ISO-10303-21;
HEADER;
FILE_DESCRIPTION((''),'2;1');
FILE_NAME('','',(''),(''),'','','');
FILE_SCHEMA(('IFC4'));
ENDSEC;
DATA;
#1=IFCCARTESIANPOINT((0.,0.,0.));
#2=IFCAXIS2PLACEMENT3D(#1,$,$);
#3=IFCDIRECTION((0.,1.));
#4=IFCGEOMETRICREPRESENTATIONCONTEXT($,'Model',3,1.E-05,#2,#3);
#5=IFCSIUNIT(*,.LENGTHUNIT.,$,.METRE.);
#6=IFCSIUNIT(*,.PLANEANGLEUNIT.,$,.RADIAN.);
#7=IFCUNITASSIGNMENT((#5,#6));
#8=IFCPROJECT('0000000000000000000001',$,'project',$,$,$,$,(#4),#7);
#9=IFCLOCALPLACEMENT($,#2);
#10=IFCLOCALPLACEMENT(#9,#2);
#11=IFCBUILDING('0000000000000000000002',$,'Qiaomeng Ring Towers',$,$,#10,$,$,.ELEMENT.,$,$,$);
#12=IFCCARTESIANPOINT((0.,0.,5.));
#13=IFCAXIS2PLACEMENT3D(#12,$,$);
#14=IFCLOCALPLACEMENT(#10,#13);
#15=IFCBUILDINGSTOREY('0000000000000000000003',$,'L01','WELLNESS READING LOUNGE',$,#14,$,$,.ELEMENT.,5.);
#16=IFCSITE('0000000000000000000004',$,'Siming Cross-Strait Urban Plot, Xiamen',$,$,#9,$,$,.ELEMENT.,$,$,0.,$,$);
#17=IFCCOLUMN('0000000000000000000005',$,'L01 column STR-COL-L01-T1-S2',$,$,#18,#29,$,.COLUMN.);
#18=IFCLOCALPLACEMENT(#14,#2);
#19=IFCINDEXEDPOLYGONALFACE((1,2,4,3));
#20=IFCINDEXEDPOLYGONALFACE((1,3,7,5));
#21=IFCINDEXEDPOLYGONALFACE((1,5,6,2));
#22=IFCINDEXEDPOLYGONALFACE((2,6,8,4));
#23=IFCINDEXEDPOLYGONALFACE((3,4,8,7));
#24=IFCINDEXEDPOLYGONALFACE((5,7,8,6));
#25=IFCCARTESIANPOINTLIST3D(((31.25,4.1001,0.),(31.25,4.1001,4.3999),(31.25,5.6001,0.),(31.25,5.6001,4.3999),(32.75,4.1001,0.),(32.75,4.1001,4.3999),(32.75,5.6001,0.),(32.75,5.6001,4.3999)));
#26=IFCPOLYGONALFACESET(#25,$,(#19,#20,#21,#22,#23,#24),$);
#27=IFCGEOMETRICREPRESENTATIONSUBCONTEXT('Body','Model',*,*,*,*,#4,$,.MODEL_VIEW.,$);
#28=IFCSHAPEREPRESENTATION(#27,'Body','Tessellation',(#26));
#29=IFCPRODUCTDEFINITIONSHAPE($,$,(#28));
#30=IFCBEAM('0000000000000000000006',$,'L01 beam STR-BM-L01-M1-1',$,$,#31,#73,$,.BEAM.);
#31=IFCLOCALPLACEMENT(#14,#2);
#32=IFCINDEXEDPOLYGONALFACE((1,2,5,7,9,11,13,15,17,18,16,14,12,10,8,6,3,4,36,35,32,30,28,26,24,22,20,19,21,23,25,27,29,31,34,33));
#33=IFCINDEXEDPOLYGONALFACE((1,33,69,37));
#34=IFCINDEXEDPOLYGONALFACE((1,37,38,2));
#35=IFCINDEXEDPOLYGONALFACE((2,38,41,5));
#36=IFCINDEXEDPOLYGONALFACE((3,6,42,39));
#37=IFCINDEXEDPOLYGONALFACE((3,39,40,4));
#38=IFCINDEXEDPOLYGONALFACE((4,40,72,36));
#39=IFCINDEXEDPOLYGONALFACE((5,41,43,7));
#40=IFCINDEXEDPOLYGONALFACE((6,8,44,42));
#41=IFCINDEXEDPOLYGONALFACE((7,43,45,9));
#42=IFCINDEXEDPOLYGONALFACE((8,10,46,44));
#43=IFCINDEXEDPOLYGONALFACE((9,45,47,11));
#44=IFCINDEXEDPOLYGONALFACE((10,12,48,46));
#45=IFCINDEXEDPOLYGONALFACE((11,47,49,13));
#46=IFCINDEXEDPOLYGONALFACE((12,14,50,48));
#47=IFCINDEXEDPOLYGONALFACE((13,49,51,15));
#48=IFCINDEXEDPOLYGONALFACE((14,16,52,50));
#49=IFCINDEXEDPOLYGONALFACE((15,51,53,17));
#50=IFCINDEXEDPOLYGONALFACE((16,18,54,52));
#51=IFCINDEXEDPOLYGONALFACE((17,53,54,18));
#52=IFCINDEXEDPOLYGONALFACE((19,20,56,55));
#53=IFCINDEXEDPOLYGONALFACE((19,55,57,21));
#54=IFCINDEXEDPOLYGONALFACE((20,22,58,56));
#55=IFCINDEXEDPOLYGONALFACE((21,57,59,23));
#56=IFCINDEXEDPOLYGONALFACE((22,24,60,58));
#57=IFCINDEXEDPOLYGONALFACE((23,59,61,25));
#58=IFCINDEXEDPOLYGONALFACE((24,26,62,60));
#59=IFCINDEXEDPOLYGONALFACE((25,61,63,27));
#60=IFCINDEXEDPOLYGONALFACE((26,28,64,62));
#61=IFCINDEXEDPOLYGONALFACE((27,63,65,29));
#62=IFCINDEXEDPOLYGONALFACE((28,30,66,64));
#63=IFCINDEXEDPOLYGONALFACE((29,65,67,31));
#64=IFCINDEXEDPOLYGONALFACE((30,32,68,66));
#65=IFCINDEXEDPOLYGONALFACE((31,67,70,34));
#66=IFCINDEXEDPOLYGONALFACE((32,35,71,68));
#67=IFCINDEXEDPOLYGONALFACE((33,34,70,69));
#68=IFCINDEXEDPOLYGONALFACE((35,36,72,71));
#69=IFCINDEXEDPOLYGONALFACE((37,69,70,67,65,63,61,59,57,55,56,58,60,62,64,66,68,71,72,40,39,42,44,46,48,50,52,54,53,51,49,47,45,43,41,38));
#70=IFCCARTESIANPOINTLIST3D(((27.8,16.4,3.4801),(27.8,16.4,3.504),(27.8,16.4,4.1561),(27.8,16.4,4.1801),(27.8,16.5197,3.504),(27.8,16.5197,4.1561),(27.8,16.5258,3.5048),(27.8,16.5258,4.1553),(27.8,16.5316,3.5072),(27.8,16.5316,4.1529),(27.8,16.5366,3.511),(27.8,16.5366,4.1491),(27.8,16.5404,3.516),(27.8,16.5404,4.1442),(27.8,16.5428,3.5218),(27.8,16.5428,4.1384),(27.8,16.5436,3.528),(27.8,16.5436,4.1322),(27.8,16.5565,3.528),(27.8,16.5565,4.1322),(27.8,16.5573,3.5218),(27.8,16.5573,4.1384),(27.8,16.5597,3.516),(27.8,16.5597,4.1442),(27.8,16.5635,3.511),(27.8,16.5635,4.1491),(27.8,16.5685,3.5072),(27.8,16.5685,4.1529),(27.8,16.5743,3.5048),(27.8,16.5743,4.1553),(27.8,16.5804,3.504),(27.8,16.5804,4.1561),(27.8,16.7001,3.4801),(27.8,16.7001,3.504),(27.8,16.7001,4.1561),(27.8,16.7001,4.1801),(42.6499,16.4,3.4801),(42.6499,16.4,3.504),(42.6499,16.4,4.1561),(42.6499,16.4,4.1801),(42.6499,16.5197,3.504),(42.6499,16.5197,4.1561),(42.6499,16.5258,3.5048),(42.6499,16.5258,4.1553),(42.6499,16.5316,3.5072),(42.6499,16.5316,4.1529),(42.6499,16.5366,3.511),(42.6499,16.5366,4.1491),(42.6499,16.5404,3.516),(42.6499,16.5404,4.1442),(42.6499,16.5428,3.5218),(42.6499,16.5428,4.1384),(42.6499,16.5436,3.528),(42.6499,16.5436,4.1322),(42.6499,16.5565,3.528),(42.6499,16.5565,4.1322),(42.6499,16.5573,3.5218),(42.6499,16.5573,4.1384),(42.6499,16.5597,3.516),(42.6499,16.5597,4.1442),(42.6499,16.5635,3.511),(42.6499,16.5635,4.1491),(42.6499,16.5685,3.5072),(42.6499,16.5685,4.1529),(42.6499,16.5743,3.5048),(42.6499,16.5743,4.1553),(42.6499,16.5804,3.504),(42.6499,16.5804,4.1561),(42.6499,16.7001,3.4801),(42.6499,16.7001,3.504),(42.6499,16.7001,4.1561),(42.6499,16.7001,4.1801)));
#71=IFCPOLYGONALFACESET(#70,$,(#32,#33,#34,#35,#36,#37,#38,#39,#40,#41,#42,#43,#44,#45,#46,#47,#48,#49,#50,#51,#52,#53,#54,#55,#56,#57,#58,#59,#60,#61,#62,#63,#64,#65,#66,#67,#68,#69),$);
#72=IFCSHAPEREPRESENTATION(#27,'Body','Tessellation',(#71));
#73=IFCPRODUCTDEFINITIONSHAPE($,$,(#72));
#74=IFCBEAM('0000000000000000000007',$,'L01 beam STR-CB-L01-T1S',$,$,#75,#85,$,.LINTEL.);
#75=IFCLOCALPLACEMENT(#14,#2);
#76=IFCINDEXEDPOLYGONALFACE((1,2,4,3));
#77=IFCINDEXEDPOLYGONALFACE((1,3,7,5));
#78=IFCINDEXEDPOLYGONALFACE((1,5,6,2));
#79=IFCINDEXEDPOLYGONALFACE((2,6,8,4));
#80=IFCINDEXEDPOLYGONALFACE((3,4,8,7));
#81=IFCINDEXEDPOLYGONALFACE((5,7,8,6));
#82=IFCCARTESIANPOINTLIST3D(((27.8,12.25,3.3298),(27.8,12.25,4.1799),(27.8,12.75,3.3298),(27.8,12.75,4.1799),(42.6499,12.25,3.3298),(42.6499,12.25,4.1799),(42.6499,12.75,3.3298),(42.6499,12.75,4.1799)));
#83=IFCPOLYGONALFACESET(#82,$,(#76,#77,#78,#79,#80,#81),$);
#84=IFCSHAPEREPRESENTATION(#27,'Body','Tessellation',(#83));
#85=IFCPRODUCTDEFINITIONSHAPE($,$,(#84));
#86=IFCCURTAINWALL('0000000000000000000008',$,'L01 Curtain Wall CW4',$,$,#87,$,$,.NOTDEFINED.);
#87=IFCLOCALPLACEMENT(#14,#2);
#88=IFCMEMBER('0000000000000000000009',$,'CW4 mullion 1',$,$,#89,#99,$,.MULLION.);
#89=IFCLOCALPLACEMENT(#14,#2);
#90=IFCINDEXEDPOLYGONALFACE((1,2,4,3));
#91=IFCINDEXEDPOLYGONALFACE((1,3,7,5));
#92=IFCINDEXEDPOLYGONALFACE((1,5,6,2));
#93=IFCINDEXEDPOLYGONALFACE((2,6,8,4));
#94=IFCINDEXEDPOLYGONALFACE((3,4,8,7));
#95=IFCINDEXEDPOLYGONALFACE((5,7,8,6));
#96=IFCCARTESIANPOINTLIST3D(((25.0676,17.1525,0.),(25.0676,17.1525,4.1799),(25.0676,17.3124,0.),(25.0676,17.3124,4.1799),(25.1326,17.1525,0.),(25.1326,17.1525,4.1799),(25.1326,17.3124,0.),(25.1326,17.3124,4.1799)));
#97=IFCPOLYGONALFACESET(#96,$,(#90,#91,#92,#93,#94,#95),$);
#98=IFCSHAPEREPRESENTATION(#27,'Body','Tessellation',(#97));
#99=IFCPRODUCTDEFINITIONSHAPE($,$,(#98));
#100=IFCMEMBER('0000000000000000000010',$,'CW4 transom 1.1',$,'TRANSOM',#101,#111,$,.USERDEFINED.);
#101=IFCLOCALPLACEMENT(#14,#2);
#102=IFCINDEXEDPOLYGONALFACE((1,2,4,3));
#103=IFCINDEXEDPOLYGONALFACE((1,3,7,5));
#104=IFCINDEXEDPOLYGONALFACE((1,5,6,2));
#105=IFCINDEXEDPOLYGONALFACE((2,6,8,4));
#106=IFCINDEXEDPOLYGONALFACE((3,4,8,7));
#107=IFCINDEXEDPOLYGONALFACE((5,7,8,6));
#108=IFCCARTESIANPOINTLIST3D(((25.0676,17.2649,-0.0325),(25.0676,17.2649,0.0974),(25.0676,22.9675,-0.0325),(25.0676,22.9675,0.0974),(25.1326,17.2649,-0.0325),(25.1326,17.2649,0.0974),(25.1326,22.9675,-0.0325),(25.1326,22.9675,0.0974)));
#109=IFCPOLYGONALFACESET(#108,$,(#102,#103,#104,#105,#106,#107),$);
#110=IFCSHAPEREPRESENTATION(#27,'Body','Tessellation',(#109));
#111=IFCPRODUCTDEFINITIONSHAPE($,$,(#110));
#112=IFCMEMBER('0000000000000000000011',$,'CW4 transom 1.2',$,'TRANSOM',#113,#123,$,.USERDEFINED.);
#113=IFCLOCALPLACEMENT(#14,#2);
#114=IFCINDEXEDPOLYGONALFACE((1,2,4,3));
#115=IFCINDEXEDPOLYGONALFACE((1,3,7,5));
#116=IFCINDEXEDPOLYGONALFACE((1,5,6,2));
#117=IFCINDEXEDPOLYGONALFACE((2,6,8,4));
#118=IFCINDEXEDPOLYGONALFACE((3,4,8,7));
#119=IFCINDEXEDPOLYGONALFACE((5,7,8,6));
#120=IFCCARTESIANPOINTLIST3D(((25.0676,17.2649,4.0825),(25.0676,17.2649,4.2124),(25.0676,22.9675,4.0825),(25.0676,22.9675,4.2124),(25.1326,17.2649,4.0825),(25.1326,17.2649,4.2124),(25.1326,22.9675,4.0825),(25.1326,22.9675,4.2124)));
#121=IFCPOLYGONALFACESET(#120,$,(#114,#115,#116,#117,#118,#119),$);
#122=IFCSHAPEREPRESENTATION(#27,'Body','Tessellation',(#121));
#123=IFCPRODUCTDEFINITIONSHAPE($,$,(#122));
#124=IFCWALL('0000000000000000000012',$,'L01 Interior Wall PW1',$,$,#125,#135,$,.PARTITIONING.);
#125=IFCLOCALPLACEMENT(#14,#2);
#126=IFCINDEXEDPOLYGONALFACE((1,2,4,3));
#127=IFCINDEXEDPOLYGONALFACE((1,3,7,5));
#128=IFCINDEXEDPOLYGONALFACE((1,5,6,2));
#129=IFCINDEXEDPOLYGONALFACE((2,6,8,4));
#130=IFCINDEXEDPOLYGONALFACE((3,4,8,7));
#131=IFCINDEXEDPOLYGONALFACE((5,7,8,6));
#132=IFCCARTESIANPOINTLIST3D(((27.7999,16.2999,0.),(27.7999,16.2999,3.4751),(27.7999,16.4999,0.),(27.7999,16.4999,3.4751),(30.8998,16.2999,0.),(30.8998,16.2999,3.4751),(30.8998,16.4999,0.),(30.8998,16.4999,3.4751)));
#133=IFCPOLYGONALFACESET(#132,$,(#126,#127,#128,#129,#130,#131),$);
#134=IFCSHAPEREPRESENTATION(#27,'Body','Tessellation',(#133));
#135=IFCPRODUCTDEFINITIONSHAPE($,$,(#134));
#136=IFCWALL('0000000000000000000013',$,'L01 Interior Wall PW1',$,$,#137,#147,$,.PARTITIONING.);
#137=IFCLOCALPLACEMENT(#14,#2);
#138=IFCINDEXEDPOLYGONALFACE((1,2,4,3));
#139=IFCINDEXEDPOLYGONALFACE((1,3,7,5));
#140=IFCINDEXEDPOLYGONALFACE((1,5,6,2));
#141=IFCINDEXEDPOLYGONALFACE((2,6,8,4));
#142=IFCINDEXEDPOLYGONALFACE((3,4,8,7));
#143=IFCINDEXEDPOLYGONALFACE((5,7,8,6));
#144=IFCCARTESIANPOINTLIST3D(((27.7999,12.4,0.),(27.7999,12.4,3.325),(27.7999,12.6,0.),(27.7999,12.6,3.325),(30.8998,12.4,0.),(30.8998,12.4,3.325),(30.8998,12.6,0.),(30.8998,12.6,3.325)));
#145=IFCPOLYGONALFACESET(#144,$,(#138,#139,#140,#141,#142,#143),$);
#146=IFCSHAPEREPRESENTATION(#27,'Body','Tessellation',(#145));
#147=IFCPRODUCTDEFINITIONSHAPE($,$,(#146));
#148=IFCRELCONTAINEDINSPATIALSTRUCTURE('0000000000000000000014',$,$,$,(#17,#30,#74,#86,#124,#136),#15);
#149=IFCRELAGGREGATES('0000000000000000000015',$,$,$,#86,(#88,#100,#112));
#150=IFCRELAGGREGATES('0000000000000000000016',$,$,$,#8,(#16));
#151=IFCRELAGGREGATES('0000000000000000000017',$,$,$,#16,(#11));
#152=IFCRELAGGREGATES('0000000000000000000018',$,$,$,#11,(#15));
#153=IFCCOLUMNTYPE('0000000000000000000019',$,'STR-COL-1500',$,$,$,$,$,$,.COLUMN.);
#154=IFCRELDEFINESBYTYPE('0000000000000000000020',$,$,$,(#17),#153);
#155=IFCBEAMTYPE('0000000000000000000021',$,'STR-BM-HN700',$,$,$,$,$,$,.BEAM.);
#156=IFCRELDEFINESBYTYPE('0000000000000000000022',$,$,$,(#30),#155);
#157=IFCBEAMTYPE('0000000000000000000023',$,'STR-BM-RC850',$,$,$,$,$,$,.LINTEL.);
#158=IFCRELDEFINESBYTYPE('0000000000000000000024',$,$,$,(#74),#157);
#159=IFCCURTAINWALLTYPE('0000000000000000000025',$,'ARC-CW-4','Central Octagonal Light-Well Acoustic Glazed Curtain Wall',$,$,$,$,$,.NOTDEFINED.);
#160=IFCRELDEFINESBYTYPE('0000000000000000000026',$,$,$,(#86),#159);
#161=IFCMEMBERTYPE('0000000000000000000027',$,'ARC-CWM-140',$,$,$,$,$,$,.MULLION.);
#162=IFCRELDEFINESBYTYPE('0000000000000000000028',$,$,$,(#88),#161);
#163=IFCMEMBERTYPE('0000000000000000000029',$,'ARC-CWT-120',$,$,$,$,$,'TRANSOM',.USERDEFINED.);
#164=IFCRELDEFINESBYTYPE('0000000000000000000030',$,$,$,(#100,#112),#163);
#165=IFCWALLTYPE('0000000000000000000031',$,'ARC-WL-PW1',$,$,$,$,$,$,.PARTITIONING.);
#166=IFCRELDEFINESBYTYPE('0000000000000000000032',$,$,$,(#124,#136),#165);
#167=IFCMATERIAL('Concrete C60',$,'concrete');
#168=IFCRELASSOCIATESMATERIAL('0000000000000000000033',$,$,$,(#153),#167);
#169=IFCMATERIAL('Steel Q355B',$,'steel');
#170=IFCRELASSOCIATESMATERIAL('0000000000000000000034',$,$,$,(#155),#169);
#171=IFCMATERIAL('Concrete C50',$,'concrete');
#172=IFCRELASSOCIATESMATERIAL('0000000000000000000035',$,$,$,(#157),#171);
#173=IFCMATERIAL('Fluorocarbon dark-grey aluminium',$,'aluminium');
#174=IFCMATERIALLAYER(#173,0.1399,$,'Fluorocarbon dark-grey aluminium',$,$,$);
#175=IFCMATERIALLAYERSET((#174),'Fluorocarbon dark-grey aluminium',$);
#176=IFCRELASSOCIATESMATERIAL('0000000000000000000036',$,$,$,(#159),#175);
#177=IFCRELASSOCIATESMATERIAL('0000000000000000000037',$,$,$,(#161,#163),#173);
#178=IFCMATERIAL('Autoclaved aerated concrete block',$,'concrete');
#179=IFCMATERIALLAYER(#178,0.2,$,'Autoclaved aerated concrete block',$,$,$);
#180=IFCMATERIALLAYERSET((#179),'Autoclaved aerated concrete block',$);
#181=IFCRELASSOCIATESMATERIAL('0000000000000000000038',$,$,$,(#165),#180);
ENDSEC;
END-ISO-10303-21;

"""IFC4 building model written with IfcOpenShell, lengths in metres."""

from ifc_helpers import new_model, si_unit, direction, frame, frame_2d, origin, origin_2d, place, context, subcontext, project, spatial, rectangle, i_section, extrude, source, transform, mapped, material, layer, layer_set, material_profile, profile_set, type_object, element, aggregate, save


model = new_model("IFC4")

# Units and contexts
model_context = context("Model", 3, precision=1e-05, world=origin(), true_north=direction((0.0, 1.0)))
body_context = subcontext(model_context, "Body", "Model", "MODEL_VIEW")
ifc_project = project(units=[si_unit("LENGTHUNIT", "METRE"), si_unit("PLANEANGLEUNIT", "RADIAN")], contexts=[model_context])

# Site, building, storey
site_placement = place(None, origin())
site = spatial("IfcSite", under=ifc_project, at=site_placement, Name="Siming Cross-Strait Urban Plot, Xiamen", CompositionType="ELEMENT", RefElevation=0.0)
building_placement = place(site_placement, origin())
building = spatial("IfcBuilding", under=site, at=building_placement, Name="Qiaomeng Ring Towers", CompositionType="ELEMENT")
storey_placement = place(building_placement, frame((0.0, 0.0, 5.0)))
storey = spatial("IfcBuildingStorey", under=building, at=storey_placement, Name="L01", Description="WELLNESS READING LOUNGE", CompositionType="ELEMENT", Elevation=5.0)

# Column
ifc_material_1 = material(Name="Concrete C60", Category="concrete")
ifc_material_profile_1 = material_profile(ifc_material_1, rectangle(XDim=1.5, YDim=1.5, at=origin_2d()), Name="RC COL 1500x1500")
ifc_profile_set_1 = profile_set([ifc_material_profile_1], Name="Concrete C60")
column_type = type_object("IfcColumnType", Name="STR-COL-1500", PredefinedType="COLUMN", material=ifc_profile_set_1)
shared_shape_1 = source(origin(), body_context, "Body", "SweptSolid", [
    extrude(rectangle(XDim=1.5, YDim=1.5, at=origin_2d()), origin(), (0.0, 0.0, 1.0), 4.3999),
])
column_placement = place(storey_placement, frame((32.0, 4.8501, 0.0), z_axis=(0.0, 0.0, 1.0), x_axis=(1.0, 0.0, 0.0)))
element("IfcColumn", 1, at=column_placement, inside=storey, type_object=column_type, Name="L01 column STR-COL-L01-T1-S2", PredefinedType="COLUMN", context=body_context, shape_type="MappedRepresentation", body=[
    mapped(shared_shape_1, transform((0.0, 0.0, 0.0), x_axis=(1.0, 0.0, 0.0), y_axis=(0.0, 1.0, 0.0), z_axis=(0.0, 0.0, 1.0), scale=1.0)),
])

# Beams
ifc_material_2 = material(Name="Steel Q355B", Category="steel")
ifc_material_profile_2 = material_profile(ifc_material_2, i_section(OverallWidth=0.3, OverallDepth=0.7, WebThickness=0.0129, FlangeThickness=0.0239, FilletRadius=0.0239, at=origin_2d()), Name="HN 700x300x13x24")
ifc_profile_set_2 = profile_set([ifc_material_profile_2], Name="Steel Q355B")
beam_type_1 = type_object("IfcBeamType", Name="STR-BM-HN700", PredefinedType="BEAM", material=ifc_profile_set_2)
shared_shape_2 = source(origin(), body_context, "Body", "SweptSolid", [
    extrude(i_section(OverallWidth=0.3, OverallDepth=0.7, WebThickness=0.0129, FlangeThickness=0.0239, FilletRadius=0.0239, at=origin_2d()), origin(), (0.0, 0.0, 1.0), 14.8499),
])
beam_1_placement = place(storey_placement, frame((27.8, 16.55, 3.8301), z_axis=(1.0, 0.0, 0.0), x_axis=(0.0, 1.0, 0.0)))
element("IfcBeam", 2, at=beam_1_placement, inside=storey, type_object=beam_type_1, Name="L01 beam STR-BM-L01-M1-1", PredefinedType="BEAM", context=body_context, shape_type="MappedRepresentation", body=[
    mapped(shared_shape_2, transform((0.0, 0.0, 0.0), x_axis=(1.0, 0.0, 0.0), y_axis=(0.0, 1.0, 0.0), z_axis=(0.0, 0.0, 1.0), scale=1.0)),
])
ifc_material_3 = material(Name="Concrete C50", Category="concrete")
ifc_material_profile_3 = material_profile(ifc_material_3, rectangle(XDim=0.5, YDim=0.8501, at=origin_2d()), Name="RC BM 500x850")
ifc_profile_set_3 = profile_set([ifc_material_profile_3], Name="Concrete C50")
beam_type_2 = type_object("IfcBeamType", Name="STR-BM-RC850", PredefinedType="LINTEL", material=ifc_profile_set_3)
shared_shape_3 = source(origin(), body_context, "Body", "SweptSolid", [
    extrude(rectangle(XDim=0.5, YDim=0.8501, at=origin_2d()), origin(), (0.0, 0.0, 1.0), 14.8499),
])
beam_2_placement = place(storey_placement, frame((27.8, 12.5, 3.7549), z_axis=(1.0, 0.0, 0.0), x_axis=(0.0, 1.0, 0.0)))
element("IfcBeam", 3, at=beam_2_placement, inside=storey, type_object=beam_type_2, Name="L01 beam STR-CB-L01-T1S", PredefinedType="LINTEL", context=body_context, shape_type="MappedRepresentation", body=[
    mapped(shared_shape_3, transform((0.0, 0.0, 0.0), x_axis=(1.0, 0.0, 0.0), y_axis=(0.0, 1.0, 0.0), z_axis=(0.0, 0.0, 1.0), scale=1.0)),
])

# Curtain wall, members
ifc_material_4 = material(Name="Fluorocarbon dark-grey aluminium", Category="aluminium")
ifc_layer_1 = layer(ifc_material_4, 0.1399, Name="Fluorocarbon dark-grey aluminium")
ifc_layer_set_1 = layer_set([ifc_layer_1], Name="Fluorocarbon dark-grey aluminium")
curtain_wall_type = type_object("IfcCurtainWallType", Name="ARC-CW-4", Description="Central Octagonal Light-Well Acoustic Glazed Curtain Wall", PredefinedType="NOTDEFINED", material=ifc_layer_set_1)
curtain_wall_placement = place(storey_placement, origin())
curtain_wall = element("IfcCurtainWall", 4, at=curtain_wall_placement, inside=storey, type_object=curtain_wall_type, Name="L01 Curtain Wall CW4", PredefinedType="NOTDEFINED")
ifc_material_profile_4 = material_profile(ifc_material_4, rectangle(XDim=0.0649, YDim=0.1599, at=origin_2d()), Name="ALU MULL 65x160")
ifc_profile_set_4 = profile_set([ifc_material_profile_4], Name="Fluorocarbon dark-grey aluminium")
member_type_1 = type_object("IfcMemberType", Name="ARC-CWM-140", PredefinedType="MULLION", material=ifc_profile_set_4)
shared_shape_4 = source(origin(), body_context, "Body", "SweptSolid", [
    extrude(rectangle(XDim=0.0649, YDim=0.1599, at=origin_2d()), origin(), (0.0, 0.0, 1.0), 4.1799),
])
member_1_placement = place(storey_placement, frame((25.1001, 17.2324, 0.0), z_axis=(0.0, 0.0, 1.0), x_axis=(-1.0, 0.0, 0.0)))
member_1 = element("IfcMember", 5, at=member_1_placement, type_object=member_type_1, Name="CW4 mullion 1", PredefinedType="MULLION", context=body_context, shape_type="MappedRepresentation", body=[
    mapped(shared_shape_4, transform((0.0, 0.0, 0.0), x_axis=(1.0, 0.0, 0.0), y_axis=(0.0, 1.0, 0.0), z_axis=(0.0, 0.0, 1.0), scale=1.0)),
])
ifc_material_profile_5 = material_profile(ifc_material_4, rectangle(XDim=0.0649, YDim=0.1299, at=origin_2d()), Name="ALU TRAN 65x130")
ifc_profile_set_5 = profile_set([ifc_material_profile_5], Name="Fluorocarbon dark-grey aluminium")
member_type_2 = type_object("IfcMemberType", Name="ARC-CWT-120", ElementType="TRANSOM", PredefinedType="USERDEFINED", material=ifc_profile_set_5)
shared_shape_5 = source(origin(), body_context, "Body", "SweptSolid", [
    extrude(rectangle(XDim=0.0649, YDim=0.1299, at=origin_2d()), origin(), (0.0, 0.0, 1.0), 5.7026),
])
member_2_placement = place(storey_placement, frame((25.1001, 17.2649, 0.0325), z_axis=(0.0, 1.0, 0.0), x_axis=(-1.0, 0.0, 0.0)))
member_2 = element("IfcMember", 6, at=member_2_placement, type_object=member_type_2, Name="CW4 transom 1.1", ObjectType="TRANSOM", PredefinedType="USERDEFINED", context=body_context, shape_type="MappedRepresentation", body=[
    mapped(shared_shape_5, transform((0.0, 0.0, 0.0), x_axis=(1.0, 0.0, 0.0), y_axis=(0.0, 1.0, 0.0), z_axis=(0.0, 0.0, 1.0), scale=1.0)),
])
member_3_placement = place(storey_placement, frame((25.1001, 17.2649, 4.1475), z_axis=(0.0, 1.0, 0.0), x_axis=(-1.0, 0.0, 0.0)))
member_3 = element("IfcMember", 7, at=member_3_placement, type_object=member_type_2, Name="CW4 transom 1.2", ObjectType="TRANSOM", PredefinedType="USERDEFINED", context=body_context, shape_type="MappedRepresentation", body=[
    mapped(shared_shape_5, transform((0.0, 0.0, 0.0), x_axis=(1.0, 0.0, 0.0), y_axis=(0.0, 1.0, 0.0), z_axis=(0.0, 0.0, 1.0), scale=1.0)),
])
aggregate(curtain_wall, [member_1, member_2, member_3])

# Walls
ifc_material_5 = material(Name="Autoclaved aerated concrete block", Category="concrete")
ifc_layer_2 = layer(ifc_material_5, 0.2, Name="Autoclaved aerated concrete block")
ifc_layer_set_2 = layer_set([ifc_layer_2], Name="Autoclaved aerated concrete block")
wall_type_1 = type_object("IfcWallType", Name="ARC-WL-PW1", PredefinedType="PARTITIONING", material=ifc_layer_set_2)
wall_1_placement = place(storey_placement, frame((27.8, 16.3999, 0.0), z_axis=(0.0, 0.0, 1.0), x_axis=(1.0, 0.0, 0.0)))
element("IfcWall", 8, at=wall_1_placement, inside=storey, type_object=wall_type_1, Name="L01 Interior Wall PW1", PredefinedType="PARTITIONING", context=body_context, shape_type="SweptSolid", body=[
    extrude(rectangle(XDim=3.0999, YDim=0.2, at=frame_2d((1.5498, 0.0))), origin(), (0.0, 0.0, 1.0), 3.4751),
])
wall_2_placement = place(storey_placement, frame((27.8, 12.5, 0.0), z_axis=(0.0, 0.0, 1.0), x_axis=(1.0, 0.0, 0.0)))
element("IfcWall", 9, at=wall_2_placement, inside=storey, type_object=wall_type_1, Name="L01 Interior Wall PW1", PredefinedType="PARTITIONING", context=body_context, shape_type="SweptSolid", body=[
    extrude(rectangle(XDim=3.0999, YDim=0.2, at=frame_2d((1.5498, 0.0))), origin(), (0.0, 0.0, 1.0), 3.325),
])

save(model, "model.ifc")
